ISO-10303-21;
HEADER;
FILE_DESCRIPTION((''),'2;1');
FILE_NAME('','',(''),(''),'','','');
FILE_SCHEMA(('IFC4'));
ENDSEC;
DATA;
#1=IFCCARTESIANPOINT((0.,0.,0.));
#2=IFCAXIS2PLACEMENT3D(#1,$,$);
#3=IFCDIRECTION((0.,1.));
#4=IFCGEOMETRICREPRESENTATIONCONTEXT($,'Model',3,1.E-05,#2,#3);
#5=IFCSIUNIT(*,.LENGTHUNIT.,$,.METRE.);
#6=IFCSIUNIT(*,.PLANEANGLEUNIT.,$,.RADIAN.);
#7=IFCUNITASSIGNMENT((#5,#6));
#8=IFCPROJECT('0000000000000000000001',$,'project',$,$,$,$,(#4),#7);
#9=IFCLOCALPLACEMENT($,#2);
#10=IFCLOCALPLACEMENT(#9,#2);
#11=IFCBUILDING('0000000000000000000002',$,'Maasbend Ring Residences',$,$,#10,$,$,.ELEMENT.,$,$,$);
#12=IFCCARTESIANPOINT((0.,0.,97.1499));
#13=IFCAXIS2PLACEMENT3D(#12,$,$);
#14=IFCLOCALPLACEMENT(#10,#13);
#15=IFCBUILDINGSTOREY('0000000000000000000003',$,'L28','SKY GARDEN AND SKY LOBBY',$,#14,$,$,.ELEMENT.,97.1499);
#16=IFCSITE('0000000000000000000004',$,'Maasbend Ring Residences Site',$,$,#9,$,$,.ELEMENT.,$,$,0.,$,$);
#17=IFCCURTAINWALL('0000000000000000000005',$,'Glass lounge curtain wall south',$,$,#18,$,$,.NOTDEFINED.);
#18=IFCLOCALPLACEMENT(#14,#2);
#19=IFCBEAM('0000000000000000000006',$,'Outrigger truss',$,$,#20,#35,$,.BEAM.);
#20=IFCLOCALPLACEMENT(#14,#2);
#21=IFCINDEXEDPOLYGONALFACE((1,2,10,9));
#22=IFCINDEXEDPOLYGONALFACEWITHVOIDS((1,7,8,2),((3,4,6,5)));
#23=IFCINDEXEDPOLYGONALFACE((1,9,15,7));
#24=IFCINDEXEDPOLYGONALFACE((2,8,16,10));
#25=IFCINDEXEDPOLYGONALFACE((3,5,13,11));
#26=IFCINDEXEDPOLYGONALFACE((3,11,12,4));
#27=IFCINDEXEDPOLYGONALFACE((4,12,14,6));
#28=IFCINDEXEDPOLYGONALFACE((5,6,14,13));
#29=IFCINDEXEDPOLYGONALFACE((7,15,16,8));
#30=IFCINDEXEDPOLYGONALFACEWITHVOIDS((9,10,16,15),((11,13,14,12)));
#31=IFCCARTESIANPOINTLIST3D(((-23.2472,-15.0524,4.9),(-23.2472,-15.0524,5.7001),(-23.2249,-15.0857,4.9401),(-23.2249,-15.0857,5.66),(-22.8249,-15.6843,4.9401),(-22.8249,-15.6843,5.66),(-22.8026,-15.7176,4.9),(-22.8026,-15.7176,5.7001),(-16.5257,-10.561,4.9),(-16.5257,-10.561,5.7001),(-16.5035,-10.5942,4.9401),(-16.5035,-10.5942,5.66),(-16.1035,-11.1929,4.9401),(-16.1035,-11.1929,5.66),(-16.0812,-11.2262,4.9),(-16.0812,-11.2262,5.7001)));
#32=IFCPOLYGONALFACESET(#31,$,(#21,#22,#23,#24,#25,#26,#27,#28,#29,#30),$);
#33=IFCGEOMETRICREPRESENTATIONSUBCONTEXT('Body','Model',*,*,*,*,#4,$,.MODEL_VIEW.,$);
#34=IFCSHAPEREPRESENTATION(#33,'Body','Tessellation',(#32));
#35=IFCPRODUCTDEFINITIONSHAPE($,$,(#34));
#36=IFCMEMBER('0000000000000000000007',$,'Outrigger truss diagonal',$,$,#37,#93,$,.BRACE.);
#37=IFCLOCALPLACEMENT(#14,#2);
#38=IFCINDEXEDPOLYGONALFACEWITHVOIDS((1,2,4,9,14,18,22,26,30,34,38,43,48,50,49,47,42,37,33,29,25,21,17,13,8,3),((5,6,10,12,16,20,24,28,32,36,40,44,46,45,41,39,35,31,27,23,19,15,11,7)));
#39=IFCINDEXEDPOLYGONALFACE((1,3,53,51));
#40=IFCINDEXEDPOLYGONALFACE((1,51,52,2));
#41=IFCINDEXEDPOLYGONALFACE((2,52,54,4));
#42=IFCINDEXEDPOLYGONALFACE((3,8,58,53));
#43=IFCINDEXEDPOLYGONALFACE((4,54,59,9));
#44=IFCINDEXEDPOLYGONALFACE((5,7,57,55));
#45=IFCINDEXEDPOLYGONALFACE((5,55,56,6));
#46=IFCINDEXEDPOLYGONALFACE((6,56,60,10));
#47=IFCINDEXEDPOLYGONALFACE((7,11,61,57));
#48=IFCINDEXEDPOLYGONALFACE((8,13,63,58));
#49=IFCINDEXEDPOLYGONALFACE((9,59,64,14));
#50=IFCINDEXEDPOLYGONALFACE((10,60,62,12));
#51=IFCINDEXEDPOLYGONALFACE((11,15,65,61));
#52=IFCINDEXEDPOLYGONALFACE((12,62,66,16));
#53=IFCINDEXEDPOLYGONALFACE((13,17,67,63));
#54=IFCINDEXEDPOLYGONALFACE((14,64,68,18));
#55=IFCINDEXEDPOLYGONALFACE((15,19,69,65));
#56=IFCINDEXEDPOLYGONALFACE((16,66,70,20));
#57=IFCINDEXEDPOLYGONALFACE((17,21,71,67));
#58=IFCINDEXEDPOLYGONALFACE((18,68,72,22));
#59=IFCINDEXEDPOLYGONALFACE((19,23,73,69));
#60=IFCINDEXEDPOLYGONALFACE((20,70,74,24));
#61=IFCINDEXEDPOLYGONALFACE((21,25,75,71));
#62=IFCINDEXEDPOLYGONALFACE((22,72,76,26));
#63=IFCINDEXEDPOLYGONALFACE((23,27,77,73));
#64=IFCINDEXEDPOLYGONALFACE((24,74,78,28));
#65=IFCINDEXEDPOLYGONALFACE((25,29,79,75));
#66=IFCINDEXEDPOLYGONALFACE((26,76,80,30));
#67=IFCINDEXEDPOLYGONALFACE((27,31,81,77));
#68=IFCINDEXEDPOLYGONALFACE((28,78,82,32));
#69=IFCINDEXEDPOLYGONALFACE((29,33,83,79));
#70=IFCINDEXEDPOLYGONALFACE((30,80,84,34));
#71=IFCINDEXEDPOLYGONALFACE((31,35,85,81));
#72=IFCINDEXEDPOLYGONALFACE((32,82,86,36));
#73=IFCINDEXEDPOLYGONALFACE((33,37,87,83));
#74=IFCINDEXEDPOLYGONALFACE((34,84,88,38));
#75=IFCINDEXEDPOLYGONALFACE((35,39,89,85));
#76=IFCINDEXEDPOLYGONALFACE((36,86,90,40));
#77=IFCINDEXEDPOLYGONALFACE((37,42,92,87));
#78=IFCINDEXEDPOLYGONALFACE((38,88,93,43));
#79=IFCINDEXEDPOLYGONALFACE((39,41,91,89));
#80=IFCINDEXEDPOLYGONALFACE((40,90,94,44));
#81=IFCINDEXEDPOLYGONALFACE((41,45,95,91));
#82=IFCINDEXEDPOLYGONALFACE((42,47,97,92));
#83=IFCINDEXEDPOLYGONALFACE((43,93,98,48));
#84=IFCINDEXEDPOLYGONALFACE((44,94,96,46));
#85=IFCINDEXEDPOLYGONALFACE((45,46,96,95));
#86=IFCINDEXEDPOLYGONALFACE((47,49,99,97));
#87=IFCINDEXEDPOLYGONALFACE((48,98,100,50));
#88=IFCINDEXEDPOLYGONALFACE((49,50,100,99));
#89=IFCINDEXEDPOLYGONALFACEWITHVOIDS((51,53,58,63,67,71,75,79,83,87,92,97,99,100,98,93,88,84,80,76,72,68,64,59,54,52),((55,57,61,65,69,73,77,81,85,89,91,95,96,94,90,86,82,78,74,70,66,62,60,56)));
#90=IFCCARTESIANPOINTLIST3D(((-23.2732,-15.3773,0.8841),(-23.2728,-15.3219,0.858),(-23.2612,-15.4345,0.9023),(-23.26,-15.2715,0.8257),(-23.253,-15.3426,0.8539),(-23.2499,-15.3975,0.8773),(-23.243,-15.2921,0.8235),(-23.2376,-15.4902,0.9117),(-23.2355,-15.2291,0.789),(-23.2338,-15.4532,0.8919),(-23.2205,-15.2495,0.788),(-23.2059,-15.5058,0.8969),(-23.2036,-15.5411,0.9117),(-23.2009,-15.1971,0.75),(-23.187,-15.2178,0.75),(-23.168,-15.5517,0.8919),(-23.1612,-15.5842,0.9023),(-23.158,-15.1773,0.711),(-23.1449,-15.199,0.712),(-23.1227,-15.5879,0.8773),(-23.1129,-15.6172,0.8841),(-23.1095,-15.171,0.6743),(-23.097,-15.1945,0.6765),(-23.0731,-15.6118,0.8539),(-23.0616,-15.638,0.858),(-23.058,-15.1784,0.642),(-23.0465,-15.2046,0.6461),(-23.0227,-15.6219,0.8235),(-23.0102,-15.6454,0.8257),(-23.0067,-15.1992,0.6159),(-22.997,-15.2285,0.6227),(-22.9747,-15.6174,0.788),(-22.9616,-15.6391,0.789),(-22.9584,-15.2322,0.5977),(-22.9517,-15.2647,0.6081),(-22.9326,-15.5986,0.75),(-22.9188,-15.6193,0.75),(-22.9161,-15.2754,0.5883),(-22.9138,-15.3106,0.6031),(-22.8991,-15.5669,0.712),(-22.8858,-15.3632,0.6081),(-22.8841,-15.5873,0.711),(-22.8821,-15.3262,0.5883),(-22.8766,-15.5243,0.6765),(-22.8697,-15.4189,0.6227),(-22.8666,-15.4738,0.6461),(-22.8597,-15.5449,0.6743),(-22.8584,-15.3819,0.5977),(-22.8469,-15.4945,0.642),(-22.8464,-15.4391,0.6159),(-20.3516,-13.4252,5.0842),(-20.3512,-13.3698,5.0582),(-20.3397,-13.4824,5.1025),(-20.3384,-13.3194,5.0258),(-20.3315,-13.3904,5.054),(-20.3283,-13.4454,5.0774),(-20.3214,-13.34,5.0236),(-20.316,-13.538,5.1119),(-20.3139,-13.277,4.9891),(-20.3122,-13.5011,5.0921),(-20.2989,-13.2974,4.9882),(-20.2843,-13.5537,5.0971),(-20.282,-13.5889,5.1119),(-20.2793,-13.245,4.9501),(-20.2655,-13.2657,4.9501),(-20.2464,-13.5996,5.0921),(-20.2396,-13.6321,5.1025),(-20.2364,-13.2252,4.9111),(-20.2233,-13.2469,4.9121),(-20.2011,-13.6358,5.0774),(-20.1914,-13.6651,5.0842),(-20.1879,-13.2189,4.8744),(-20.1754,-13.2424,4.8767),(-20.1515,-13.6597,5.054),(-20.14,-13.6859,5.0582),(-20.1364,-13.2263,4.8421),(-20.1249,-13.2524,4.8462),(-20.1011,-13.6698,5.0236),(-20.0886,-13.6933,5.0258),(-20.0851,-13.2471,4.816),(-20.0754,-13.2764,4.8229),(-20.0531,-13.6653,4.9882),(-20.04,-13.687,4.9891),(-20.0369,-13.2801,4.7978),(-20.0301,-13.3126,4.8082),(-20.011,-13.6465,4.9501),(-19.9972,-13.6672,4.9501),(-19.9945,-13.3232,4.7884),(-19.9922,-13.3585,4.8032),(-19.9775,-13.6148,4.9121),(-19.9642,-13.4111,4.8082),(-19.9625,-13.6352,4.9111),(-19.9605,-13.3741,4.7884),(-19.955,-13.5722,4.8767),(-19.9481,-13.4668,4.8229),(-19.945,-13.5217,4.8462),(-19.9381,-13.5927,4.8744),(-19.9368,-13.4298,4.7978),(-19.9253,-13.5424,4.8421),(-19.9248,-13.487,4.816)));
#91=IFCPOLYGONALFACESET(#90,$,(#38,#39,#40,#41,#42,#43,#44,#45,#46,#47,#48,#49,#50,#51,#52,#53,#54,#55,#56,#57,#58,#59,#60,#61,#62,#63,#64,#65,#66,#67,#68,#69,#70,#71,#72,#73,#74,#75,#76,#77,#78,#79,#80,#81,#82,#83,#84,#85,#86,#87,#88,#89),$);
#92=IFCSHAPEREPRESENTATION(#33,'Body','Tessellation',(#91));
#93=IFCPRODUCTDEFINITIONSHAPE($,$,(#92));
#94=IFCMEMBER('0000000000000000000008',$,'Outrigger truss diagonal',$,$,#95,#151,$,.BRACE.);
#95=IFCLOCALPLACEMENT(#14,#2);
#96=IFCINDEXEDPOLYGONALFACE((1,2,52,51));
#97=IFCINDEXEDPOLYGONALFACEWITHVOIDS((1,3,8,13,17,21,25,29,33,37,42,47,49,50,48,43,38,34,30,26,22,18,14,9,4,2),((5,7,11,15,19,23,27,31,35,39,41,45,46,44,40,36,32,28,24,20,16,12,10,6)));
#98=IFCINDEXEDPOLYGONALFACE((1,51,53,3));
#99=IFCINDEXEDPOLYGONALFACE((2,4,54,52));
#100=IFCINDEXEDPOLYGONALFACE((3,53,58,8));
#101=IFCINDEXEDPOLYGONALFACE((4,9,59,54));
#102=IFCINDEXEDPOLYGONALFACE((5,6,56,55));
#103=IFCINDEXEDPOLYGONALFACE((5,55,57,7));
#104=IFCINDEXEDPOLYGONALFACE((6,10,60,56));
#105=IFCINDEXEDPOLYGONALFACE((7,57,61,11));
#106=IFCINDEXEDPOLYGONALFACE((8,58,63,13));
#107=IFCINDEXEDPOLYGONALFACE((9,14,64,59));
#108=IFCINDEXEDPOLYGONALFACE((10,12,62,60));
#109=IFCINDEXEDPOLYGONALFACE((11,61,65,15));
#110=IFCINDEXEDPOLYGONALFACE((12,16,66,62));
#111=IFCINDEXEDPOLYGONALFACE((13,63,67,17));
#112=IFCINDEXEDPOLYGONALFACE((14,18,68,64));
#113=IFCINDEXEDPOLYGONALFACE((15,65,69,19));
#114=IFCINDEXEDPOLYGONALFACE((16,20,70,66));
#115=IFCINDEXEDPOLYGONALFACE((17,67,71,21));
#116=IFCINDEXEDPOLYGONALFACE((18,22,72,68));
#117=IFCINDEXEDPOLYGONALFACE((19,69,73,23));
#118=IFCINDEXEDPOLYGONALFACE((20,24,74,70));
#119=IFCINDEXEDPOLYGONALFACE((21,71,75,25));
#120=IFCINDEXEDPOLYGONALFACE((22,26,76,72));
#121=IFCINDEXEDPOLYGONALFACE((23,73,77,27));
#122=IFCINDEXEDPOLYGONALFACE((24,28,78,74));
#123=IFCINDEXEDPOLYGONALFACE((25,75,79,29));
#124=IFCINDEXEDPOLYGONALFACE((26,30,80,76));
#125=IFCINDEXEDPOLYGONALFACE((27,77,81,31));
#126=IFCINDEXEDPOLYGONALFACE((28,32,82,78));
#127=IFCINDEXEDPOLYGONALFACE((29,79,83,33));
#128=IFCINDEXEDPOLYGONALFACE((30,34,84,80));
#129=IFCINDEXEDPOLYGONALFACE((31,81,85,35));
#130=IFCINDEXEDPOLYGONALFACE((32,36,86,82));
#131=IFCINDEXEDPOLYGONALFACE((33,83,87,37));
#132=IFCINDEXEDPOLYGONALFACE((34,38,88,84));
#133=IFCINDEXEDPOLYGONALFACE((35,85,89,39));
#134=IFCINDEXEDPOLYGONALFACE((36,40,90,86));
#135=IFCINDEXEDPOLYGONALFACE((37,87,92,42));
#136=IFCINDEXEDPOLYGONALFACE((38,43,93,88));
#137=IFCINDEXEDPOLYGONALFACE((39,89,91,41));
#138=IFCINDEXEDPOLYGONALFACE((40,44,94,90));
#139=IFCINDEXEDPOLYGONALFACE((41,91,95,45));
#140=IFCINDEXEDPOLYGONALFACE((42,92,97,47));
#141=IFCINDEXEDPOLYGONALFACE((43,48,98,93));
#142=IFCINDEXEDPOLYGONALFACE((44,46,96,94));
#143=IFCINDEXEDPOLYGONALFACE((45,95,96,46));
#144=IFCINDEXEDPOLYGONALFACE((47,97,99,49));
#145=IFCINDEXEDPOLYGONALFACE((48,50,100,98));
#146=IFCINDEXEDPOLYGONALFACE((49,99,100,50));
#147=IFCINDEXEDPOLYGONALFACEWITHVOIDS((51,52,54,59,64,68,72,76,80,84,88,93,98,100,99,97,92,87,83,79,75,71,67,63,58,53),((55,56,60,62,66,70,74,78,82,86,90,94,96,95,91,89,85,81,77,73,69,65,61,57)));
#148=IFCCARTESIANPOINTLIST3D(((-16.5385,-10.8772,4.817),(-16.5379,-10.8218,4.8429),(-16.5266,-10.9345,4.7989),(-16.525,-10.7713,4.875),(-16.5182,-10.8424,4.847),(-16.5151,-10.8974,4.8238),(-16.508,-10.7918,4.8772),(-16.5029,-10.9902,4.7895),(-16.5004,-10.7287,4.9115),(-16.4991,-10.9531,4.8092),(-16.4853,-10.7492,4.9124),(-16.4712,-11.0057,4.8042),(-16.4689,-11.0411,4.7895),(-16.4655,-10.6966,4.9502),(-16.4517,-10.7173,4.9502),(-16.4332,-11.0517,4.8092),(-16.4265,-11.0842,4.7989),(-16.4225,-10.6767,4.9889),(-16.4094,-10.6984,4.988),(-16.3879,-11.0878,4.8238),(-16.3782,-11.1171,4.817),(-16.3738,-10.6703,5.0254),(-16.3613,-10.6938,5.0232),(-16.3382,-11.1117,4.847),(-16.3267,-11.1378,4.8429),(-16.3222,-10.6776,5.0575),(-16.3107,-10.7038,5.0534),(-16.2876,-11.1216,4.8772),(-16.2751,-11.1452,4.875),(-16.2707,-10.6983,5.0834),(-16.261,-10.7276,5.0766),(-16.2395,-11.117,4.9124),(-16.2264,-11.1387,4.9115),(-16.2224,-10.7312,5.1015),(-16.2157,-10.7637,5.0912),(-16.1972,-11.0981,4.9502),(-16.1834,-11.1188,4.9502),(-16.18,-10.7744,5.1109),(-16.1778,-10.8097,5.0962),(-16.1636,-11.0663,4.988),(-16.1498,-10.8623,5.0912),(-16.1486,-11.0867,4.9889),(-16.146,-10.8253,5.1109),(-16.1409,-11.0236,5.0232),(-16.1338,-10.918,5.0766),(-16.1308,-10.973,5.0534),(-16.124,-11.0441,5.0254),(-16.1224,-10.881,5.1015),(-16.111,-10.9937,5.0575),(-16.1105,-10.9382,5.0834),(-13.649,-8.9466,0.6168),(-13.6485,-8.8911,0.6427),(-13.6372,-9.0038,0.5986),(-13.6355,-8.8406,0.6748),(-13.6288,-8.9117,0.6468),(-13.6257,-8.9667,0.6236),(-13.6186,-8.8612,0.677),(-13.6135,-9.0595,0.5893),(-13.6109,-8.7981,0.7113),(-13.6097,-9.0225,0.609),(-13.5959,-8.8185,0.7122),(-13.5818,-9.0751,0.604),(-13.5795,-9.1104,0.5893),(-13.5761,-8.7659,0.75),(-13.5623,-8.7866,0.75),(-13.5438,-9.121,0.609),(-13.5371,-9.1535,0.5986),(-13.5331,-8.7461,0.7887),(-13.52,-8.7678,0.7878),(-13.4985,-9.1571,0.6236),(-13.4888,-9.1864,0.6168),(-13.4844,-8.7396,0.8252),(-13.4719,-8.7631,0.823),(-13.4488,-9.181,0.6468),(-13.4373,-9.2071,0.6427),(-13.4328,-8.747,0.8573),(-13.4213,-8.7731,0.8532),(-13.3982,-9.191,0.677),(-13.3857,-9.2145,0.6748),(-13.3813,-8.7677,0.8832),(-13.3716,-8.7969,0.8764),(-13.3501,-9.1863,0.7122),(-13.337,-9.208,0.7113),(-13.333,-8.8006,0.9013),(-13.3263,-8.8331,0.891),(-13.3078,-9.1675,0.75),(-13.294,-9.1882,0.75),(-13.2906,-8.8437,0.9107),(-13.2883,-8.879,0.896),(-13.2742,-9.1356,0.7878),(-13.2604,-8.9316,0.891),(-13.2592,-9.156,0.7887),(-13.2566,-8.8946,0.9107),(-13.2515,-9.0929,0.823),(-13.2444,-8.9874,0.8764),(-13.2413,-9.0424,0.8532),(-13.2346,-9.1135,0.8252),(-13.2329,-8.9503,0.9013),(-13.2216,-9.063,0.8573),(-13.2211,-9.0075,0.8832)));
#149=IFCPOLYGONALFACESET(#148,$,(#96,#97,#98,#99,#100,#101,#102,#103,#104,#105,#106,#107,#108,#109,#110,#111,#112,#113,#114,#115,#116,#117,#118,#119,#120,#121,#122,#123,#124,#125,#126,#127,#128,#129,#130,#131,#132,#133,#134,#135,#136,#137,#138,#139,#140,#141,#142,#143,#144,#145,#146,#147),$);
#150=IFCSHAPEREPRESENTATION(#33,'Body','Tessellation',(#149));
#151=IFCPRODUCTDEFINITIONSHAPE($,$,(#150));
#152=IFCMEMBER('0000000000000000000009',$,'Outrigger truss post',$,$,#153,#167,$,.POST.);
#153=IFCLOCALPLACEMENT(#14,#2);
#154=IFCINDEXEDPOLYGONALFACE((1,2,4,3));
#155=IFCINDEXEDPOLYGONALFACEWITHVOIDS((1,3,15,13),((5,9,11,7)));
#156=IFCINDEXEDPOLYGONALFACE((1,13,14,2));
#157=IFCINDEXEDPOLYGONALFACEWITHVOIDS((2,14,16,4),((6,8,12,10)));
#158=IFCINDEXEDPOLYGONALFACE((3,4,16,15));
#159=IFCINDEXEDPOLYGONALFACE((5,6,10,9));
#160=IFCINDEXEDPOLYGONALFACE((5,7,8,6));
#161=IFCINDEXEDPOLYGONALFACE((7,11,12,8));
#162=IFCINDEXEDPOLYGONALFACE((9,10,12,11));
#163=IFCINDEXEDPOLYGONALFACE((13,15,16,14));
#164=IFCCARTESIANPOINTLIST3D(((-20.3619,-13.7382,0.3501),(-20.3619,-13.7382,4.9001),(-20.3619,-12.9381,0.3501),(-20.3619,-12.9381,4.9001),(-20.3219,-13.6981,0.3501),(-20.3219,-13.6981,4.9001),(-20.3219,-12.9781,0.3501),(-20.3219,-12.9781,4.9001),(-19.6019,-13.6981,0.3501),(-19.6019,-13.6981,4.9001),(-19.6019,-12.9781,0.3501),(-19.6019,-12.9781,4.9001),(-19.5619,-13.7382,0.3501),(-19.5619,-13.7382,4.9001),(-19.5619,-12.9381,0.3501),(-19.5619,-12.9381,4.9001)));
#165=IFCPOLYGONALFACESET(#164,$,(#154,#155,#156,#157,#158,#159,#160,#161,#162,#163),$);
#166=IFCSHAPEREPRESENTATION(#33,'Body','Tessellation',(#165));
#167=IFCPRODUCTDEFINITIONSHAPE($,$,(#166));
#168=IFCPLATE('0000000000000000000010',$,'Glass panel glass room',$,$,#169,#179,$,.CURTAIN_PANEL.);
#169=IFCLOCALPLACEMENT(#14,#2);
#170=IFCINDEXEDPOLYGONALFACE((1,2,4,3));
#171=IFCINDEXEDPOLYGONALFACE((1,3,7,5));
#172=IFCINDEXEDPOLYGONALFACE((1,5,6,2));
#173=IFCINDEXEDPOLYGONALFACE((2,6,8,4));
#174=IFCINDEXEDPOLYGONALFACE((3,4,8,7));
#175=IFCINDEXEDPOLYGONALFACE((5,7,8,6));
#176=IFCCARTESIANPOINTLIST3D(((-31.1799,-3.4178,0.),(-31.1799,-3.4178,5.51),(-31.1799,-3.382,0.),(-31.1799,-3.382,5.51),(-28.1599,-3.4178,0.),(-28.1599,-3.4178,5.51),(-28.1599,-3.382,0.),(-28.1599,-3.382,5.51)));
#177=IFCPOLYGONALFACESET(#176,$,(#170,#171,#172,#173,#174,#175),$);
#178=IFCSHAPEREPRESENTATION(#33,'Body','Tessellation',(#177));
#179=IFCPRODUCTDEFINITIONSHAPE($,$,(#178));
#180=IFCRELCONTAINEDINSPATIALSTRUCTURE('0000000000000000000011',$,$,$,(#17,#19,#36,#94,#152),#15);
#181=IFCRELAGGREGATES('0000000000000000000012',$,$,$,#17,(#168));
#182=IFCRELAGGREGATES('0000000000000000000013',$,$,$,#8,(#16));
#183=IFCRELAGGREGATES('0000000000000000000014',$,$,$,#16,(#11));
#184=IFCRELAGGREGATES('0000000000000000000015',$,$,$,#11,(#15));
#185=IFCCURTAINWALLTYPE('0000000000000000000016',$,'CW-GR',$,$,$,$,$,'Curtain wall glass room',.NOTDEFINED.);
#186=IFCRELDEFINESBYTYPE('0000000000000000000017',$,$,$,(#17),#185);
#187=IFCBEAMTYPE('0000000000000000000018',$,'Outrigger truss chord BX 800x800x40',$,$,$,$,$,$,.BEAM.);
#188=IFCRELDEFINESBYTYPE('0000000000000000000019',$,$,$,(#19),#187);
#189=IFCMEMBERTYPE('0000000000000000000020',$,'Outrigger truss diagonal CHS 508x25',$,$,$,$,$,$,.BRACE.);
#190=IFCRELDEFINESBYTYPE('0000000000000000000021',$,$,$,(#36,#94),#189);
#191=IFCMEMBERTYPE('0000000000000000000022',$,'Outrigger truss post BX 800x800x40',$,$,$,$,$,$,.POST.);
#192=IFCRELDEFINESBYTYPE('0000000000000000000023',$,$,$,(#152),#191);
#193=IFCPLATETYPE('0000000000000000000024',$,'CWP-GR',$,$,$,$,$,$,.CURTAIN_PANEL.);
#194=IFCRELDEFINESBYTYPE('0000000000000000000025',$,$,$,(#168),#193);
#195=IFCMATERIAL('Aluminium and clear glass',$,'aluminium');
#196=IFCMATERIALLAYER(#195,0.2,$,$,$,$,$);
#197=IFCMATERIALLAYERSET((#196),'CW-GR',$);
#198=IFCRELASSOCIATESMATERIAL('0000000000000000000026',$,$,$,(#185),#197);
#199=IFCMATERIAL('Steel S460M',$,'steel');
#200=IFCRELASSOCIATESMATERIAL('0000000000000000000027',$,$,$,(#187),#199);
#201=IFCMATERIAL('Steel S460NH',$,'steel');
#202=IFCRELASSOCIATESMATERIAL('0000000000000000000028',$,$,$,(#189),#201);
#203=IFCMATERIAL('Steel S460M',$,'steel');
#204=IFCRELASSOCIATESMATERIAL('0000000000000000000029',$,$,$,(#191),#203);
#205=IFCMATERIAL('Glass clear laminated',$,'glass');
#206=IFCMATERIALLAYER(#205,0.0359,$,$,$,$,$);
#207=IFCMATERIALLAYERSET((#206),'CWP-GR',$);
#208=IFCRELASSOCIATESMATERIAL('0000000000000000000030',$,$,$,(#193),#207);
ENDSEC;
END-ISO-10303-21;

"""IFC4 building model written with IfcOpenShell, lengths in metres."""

from ifc_helpers import new_model, si_unit, direction, frame, origin, origin_2d, place, context, subcontext, project, spatial, rectangle, hollow_rectangle, hollow_circle, extrude, material, layer, layer_set, material_profile, profile_set, type_object, element, aggregate, save


model = new_model("IFC4")

# Units and contexts
model_context = context("Model", 3, precision=1e-05, world=origin(), true_north=direction((0.0, 1.0)))
body_context = subcontext(model_context, "Body", "Model", "MODEL_VIEW")
ifc_project = project(units=[si_unit("LENGTHUNIT", "METRE"), si_unit("PLANEANGLEUNIT", "RADIAN")], contexts=[model_context])

# Site, building, storey
site_placement = place(None, origin())
site = spatial("IfcSite", under=ifc_project, at=site_placement, Name="Maasbend Ring Residences Site", CompositionType="ELEMENT", RefElevation=0.0)
building_placement = place(site_placement, origin())
building = spatial("IfcBuilding", under=site, at=building_placement, Name="Maasbend Ring Residences", CompositionType="ELEMENT")
storey_placement = place(building_placement, frame((0.0, 0.0, 97.1499)))
storey = spatial("IfcBuildingStorey", under=building, at=storey_placement, Name="L28", Description="SKY GARDEN AND SKY LOBBY", CompositionType="ELEMENT", Elevation=97.1499)

# Curtain wall
ifc_material_1 = material(Name="Aluminium and clear glass", Category="aluminium")
ifc_layer_1 = layer(ifc_material_1, 0.2)
ifc_layer_set_1 = layer_set([ifc_layer_1], Name="CW-GR")
curtain_wall_type = type_object("IfcCurtainWallType", Name="CW-GR", ElementType="Curtain wall glass room", PredefinedType="NOTDEFINED", material=ifc_layer_set_1)
curtain_wall_1_placement = place(storey_placement, origin())
curtain_wall_1 = element("IfcCurtainWall", 1, at=curtain_wall_1_placement, inside=storey, type_object=curtain_wall_type, Name="Glass lounge curtain wall south", PredefinedType="NOTDEFINED")

# Beam
ifc_material_2 = material(Name="Steel S460M", Category="steel")
ifc_material_profile_1 = material_profile(ifc_material_2, hollow_rectangle(XDim=0.8, YDim=0.8, WallThickness=0.04, at=origin_2d()), Name="Outrigger truss chord BX 800x800x40")
ifc_profile_set_1 = profile_set([ifc_material_profile_1], Name="Steel S460M")
beam_type_1 = type_object("IfcBeamType", Name="Outrigger truss chord BX 800x800x40", PredefinedType="BEAM", material=ifc_profile_set_1)
beam_1_placement = place(storey_placement, frame((-23.0249, -15.385, 5.3), z_axis=(0.83145, 0.555599, 0.0), x_axis=(-0.555599, 0.83145, 0.0)))
element("IfcBeam", 2, at=beam_1_placement, inside=storey, type_object=beam_type_1, Name="Outrigger truss", PredefinedType="BEAM", context=body_context, shape_type="SweptSolid", body=[
    extrude(hollow_rectangle(XDim=0.8, YDim=0.8, WallThickness=0.04, at=origin_2d()), origin(), (0.0, 0.0, 1.0), 8.084),
])

# Members
ifc_material_3 = material(Name="Steel S460NH", Category="steel")
ifc_material_profile_2 = material_profile(ifc_material_3, hollow_circle(Radius=0.2539, WallThickness=0.0249, at=origin_2d()), Name="Outrigger truss diagonal CHS 508x25")
ifc_profile_set_2 = profile_set([ifc_material_profile_2], Name="Steel S460NH")
member_type_1 = type_object("IfcMemberType", Name="Outrigger truss diagonal CHS 508x25", PredefinedType="BRACE", material=ifc_profile_set_2)
member_1_placement = place(storey_placement, frame((-23.0598, -15.4082, 0.75), z_axis=(0.533517, 0.356481, 0.766995), x_axis=(-0.555566, 0.831473, 0.0)))
element("IfcMember", 3, at=member_1_placement, inside=storey, type_object=member_type_1, Name="Outrigger truss diagonal", PredefinedType="BRACE", context=body_context, shape_type="SweptSolid", body=[
    extrude(hollow_circle(Radius=0.2539, WallThickness=0.0249, at=origin_2d()), origin(), (0.0, 0.0, 1.0), 5.4761),
])
member_2_placement = place(storey_placement, frame((-16.3245, -10.9077, 4.9502), z_axis=(0.53003, 0.354159, -0.77048), x_axis=(-0.555575, 0.831466, 0.0)))
element("IfcMember", 4, at=member_2_placement, inside=storey, type_object=member_type_1, Name="Outrigger truss diagonal", PredefinedType="BRACE", context=body_context, shape_type="SweptSolid", body=[
    extrude(hollow_circle(Radius=0.2539, WallThickness=0.0249, at=origin_2d()), origin(), (0.0, 0.0, 1.0), 5.4514),
])
ifc_material_4 = material(Name="Steel S460M", Category="steel")
ifc_material_profile_3 = material_profile(ifc_material_4, hollow_rectangle(XDim=0.8, YDim=0.8, WallThickness=0.04, at=origin_2d()), Name="Outrigger truss post BX 800x800x40")
ifc_profile_set_3 = profile_set([ifc_material_profile_3], Name="Steel S460M")
member_type_2 = type_object("IfcMemberType", Name="Outrigger truss post BX 800x800x40", PredefinedType="POST", material=ifc_profile_set_3)
member_3_placement = place(storey_placement, frame((-19.9619, -13.3381, 0.3501), z_axis=(0.0, 0.0, 1.0), x_axis=(1.0, 0.0, 0.0)))
element("IfcMember", 5, at=member_3_placement, inside=storey, type_object=member_type_2, Name="Outrigger truss post", PredefinedType="POST", context=body_context, shape_type="SweptSolid", body=[
    extrude(hollow_rectangle(XDim=0.8, YDim=0.8, WallThickness=0.04, at=origin_2d()), origin(), (0.0, 0.0, 1.0), 4.55),
])

# Plate
ifc_material_5 = material(Name="Glass clear laminated", Category="glass")
ifc_layer_2 = layer(ifc_material_5, 0.0359)
ifc_layer_set_2 = layer_set([ifc_layer_2], Name="CWP-GR")
plate_type = type_object("IfcPlateType", Name="CWP-GR", PredefinedType="CURTAIN_PANEL", material=ifc_layer_set_2)
plate_placement = place(storey_placement, frame((-29.6699, -3.3999, 0.0), z_axis=(0.0, 0.0, 1.0), x_axis=(-1.0, 0.0, 0.0)))
plate = element("IfcPlate", 6, at=plate_placement, type_object=plate_type, Name="Glass panel glass room", PredefinedType="CURTAIN_PANEL", context=body_context, shape_type="SweptSolid", body=[
    extrude(rectangle(XDim=3.02, YDim=0.0359, at=origin_2d()), origin(), (0.0, 0.0, 1.0), 5.51),
])
aggregate(curtain_wall_1, [plate])

save(model, "model.ifc")
